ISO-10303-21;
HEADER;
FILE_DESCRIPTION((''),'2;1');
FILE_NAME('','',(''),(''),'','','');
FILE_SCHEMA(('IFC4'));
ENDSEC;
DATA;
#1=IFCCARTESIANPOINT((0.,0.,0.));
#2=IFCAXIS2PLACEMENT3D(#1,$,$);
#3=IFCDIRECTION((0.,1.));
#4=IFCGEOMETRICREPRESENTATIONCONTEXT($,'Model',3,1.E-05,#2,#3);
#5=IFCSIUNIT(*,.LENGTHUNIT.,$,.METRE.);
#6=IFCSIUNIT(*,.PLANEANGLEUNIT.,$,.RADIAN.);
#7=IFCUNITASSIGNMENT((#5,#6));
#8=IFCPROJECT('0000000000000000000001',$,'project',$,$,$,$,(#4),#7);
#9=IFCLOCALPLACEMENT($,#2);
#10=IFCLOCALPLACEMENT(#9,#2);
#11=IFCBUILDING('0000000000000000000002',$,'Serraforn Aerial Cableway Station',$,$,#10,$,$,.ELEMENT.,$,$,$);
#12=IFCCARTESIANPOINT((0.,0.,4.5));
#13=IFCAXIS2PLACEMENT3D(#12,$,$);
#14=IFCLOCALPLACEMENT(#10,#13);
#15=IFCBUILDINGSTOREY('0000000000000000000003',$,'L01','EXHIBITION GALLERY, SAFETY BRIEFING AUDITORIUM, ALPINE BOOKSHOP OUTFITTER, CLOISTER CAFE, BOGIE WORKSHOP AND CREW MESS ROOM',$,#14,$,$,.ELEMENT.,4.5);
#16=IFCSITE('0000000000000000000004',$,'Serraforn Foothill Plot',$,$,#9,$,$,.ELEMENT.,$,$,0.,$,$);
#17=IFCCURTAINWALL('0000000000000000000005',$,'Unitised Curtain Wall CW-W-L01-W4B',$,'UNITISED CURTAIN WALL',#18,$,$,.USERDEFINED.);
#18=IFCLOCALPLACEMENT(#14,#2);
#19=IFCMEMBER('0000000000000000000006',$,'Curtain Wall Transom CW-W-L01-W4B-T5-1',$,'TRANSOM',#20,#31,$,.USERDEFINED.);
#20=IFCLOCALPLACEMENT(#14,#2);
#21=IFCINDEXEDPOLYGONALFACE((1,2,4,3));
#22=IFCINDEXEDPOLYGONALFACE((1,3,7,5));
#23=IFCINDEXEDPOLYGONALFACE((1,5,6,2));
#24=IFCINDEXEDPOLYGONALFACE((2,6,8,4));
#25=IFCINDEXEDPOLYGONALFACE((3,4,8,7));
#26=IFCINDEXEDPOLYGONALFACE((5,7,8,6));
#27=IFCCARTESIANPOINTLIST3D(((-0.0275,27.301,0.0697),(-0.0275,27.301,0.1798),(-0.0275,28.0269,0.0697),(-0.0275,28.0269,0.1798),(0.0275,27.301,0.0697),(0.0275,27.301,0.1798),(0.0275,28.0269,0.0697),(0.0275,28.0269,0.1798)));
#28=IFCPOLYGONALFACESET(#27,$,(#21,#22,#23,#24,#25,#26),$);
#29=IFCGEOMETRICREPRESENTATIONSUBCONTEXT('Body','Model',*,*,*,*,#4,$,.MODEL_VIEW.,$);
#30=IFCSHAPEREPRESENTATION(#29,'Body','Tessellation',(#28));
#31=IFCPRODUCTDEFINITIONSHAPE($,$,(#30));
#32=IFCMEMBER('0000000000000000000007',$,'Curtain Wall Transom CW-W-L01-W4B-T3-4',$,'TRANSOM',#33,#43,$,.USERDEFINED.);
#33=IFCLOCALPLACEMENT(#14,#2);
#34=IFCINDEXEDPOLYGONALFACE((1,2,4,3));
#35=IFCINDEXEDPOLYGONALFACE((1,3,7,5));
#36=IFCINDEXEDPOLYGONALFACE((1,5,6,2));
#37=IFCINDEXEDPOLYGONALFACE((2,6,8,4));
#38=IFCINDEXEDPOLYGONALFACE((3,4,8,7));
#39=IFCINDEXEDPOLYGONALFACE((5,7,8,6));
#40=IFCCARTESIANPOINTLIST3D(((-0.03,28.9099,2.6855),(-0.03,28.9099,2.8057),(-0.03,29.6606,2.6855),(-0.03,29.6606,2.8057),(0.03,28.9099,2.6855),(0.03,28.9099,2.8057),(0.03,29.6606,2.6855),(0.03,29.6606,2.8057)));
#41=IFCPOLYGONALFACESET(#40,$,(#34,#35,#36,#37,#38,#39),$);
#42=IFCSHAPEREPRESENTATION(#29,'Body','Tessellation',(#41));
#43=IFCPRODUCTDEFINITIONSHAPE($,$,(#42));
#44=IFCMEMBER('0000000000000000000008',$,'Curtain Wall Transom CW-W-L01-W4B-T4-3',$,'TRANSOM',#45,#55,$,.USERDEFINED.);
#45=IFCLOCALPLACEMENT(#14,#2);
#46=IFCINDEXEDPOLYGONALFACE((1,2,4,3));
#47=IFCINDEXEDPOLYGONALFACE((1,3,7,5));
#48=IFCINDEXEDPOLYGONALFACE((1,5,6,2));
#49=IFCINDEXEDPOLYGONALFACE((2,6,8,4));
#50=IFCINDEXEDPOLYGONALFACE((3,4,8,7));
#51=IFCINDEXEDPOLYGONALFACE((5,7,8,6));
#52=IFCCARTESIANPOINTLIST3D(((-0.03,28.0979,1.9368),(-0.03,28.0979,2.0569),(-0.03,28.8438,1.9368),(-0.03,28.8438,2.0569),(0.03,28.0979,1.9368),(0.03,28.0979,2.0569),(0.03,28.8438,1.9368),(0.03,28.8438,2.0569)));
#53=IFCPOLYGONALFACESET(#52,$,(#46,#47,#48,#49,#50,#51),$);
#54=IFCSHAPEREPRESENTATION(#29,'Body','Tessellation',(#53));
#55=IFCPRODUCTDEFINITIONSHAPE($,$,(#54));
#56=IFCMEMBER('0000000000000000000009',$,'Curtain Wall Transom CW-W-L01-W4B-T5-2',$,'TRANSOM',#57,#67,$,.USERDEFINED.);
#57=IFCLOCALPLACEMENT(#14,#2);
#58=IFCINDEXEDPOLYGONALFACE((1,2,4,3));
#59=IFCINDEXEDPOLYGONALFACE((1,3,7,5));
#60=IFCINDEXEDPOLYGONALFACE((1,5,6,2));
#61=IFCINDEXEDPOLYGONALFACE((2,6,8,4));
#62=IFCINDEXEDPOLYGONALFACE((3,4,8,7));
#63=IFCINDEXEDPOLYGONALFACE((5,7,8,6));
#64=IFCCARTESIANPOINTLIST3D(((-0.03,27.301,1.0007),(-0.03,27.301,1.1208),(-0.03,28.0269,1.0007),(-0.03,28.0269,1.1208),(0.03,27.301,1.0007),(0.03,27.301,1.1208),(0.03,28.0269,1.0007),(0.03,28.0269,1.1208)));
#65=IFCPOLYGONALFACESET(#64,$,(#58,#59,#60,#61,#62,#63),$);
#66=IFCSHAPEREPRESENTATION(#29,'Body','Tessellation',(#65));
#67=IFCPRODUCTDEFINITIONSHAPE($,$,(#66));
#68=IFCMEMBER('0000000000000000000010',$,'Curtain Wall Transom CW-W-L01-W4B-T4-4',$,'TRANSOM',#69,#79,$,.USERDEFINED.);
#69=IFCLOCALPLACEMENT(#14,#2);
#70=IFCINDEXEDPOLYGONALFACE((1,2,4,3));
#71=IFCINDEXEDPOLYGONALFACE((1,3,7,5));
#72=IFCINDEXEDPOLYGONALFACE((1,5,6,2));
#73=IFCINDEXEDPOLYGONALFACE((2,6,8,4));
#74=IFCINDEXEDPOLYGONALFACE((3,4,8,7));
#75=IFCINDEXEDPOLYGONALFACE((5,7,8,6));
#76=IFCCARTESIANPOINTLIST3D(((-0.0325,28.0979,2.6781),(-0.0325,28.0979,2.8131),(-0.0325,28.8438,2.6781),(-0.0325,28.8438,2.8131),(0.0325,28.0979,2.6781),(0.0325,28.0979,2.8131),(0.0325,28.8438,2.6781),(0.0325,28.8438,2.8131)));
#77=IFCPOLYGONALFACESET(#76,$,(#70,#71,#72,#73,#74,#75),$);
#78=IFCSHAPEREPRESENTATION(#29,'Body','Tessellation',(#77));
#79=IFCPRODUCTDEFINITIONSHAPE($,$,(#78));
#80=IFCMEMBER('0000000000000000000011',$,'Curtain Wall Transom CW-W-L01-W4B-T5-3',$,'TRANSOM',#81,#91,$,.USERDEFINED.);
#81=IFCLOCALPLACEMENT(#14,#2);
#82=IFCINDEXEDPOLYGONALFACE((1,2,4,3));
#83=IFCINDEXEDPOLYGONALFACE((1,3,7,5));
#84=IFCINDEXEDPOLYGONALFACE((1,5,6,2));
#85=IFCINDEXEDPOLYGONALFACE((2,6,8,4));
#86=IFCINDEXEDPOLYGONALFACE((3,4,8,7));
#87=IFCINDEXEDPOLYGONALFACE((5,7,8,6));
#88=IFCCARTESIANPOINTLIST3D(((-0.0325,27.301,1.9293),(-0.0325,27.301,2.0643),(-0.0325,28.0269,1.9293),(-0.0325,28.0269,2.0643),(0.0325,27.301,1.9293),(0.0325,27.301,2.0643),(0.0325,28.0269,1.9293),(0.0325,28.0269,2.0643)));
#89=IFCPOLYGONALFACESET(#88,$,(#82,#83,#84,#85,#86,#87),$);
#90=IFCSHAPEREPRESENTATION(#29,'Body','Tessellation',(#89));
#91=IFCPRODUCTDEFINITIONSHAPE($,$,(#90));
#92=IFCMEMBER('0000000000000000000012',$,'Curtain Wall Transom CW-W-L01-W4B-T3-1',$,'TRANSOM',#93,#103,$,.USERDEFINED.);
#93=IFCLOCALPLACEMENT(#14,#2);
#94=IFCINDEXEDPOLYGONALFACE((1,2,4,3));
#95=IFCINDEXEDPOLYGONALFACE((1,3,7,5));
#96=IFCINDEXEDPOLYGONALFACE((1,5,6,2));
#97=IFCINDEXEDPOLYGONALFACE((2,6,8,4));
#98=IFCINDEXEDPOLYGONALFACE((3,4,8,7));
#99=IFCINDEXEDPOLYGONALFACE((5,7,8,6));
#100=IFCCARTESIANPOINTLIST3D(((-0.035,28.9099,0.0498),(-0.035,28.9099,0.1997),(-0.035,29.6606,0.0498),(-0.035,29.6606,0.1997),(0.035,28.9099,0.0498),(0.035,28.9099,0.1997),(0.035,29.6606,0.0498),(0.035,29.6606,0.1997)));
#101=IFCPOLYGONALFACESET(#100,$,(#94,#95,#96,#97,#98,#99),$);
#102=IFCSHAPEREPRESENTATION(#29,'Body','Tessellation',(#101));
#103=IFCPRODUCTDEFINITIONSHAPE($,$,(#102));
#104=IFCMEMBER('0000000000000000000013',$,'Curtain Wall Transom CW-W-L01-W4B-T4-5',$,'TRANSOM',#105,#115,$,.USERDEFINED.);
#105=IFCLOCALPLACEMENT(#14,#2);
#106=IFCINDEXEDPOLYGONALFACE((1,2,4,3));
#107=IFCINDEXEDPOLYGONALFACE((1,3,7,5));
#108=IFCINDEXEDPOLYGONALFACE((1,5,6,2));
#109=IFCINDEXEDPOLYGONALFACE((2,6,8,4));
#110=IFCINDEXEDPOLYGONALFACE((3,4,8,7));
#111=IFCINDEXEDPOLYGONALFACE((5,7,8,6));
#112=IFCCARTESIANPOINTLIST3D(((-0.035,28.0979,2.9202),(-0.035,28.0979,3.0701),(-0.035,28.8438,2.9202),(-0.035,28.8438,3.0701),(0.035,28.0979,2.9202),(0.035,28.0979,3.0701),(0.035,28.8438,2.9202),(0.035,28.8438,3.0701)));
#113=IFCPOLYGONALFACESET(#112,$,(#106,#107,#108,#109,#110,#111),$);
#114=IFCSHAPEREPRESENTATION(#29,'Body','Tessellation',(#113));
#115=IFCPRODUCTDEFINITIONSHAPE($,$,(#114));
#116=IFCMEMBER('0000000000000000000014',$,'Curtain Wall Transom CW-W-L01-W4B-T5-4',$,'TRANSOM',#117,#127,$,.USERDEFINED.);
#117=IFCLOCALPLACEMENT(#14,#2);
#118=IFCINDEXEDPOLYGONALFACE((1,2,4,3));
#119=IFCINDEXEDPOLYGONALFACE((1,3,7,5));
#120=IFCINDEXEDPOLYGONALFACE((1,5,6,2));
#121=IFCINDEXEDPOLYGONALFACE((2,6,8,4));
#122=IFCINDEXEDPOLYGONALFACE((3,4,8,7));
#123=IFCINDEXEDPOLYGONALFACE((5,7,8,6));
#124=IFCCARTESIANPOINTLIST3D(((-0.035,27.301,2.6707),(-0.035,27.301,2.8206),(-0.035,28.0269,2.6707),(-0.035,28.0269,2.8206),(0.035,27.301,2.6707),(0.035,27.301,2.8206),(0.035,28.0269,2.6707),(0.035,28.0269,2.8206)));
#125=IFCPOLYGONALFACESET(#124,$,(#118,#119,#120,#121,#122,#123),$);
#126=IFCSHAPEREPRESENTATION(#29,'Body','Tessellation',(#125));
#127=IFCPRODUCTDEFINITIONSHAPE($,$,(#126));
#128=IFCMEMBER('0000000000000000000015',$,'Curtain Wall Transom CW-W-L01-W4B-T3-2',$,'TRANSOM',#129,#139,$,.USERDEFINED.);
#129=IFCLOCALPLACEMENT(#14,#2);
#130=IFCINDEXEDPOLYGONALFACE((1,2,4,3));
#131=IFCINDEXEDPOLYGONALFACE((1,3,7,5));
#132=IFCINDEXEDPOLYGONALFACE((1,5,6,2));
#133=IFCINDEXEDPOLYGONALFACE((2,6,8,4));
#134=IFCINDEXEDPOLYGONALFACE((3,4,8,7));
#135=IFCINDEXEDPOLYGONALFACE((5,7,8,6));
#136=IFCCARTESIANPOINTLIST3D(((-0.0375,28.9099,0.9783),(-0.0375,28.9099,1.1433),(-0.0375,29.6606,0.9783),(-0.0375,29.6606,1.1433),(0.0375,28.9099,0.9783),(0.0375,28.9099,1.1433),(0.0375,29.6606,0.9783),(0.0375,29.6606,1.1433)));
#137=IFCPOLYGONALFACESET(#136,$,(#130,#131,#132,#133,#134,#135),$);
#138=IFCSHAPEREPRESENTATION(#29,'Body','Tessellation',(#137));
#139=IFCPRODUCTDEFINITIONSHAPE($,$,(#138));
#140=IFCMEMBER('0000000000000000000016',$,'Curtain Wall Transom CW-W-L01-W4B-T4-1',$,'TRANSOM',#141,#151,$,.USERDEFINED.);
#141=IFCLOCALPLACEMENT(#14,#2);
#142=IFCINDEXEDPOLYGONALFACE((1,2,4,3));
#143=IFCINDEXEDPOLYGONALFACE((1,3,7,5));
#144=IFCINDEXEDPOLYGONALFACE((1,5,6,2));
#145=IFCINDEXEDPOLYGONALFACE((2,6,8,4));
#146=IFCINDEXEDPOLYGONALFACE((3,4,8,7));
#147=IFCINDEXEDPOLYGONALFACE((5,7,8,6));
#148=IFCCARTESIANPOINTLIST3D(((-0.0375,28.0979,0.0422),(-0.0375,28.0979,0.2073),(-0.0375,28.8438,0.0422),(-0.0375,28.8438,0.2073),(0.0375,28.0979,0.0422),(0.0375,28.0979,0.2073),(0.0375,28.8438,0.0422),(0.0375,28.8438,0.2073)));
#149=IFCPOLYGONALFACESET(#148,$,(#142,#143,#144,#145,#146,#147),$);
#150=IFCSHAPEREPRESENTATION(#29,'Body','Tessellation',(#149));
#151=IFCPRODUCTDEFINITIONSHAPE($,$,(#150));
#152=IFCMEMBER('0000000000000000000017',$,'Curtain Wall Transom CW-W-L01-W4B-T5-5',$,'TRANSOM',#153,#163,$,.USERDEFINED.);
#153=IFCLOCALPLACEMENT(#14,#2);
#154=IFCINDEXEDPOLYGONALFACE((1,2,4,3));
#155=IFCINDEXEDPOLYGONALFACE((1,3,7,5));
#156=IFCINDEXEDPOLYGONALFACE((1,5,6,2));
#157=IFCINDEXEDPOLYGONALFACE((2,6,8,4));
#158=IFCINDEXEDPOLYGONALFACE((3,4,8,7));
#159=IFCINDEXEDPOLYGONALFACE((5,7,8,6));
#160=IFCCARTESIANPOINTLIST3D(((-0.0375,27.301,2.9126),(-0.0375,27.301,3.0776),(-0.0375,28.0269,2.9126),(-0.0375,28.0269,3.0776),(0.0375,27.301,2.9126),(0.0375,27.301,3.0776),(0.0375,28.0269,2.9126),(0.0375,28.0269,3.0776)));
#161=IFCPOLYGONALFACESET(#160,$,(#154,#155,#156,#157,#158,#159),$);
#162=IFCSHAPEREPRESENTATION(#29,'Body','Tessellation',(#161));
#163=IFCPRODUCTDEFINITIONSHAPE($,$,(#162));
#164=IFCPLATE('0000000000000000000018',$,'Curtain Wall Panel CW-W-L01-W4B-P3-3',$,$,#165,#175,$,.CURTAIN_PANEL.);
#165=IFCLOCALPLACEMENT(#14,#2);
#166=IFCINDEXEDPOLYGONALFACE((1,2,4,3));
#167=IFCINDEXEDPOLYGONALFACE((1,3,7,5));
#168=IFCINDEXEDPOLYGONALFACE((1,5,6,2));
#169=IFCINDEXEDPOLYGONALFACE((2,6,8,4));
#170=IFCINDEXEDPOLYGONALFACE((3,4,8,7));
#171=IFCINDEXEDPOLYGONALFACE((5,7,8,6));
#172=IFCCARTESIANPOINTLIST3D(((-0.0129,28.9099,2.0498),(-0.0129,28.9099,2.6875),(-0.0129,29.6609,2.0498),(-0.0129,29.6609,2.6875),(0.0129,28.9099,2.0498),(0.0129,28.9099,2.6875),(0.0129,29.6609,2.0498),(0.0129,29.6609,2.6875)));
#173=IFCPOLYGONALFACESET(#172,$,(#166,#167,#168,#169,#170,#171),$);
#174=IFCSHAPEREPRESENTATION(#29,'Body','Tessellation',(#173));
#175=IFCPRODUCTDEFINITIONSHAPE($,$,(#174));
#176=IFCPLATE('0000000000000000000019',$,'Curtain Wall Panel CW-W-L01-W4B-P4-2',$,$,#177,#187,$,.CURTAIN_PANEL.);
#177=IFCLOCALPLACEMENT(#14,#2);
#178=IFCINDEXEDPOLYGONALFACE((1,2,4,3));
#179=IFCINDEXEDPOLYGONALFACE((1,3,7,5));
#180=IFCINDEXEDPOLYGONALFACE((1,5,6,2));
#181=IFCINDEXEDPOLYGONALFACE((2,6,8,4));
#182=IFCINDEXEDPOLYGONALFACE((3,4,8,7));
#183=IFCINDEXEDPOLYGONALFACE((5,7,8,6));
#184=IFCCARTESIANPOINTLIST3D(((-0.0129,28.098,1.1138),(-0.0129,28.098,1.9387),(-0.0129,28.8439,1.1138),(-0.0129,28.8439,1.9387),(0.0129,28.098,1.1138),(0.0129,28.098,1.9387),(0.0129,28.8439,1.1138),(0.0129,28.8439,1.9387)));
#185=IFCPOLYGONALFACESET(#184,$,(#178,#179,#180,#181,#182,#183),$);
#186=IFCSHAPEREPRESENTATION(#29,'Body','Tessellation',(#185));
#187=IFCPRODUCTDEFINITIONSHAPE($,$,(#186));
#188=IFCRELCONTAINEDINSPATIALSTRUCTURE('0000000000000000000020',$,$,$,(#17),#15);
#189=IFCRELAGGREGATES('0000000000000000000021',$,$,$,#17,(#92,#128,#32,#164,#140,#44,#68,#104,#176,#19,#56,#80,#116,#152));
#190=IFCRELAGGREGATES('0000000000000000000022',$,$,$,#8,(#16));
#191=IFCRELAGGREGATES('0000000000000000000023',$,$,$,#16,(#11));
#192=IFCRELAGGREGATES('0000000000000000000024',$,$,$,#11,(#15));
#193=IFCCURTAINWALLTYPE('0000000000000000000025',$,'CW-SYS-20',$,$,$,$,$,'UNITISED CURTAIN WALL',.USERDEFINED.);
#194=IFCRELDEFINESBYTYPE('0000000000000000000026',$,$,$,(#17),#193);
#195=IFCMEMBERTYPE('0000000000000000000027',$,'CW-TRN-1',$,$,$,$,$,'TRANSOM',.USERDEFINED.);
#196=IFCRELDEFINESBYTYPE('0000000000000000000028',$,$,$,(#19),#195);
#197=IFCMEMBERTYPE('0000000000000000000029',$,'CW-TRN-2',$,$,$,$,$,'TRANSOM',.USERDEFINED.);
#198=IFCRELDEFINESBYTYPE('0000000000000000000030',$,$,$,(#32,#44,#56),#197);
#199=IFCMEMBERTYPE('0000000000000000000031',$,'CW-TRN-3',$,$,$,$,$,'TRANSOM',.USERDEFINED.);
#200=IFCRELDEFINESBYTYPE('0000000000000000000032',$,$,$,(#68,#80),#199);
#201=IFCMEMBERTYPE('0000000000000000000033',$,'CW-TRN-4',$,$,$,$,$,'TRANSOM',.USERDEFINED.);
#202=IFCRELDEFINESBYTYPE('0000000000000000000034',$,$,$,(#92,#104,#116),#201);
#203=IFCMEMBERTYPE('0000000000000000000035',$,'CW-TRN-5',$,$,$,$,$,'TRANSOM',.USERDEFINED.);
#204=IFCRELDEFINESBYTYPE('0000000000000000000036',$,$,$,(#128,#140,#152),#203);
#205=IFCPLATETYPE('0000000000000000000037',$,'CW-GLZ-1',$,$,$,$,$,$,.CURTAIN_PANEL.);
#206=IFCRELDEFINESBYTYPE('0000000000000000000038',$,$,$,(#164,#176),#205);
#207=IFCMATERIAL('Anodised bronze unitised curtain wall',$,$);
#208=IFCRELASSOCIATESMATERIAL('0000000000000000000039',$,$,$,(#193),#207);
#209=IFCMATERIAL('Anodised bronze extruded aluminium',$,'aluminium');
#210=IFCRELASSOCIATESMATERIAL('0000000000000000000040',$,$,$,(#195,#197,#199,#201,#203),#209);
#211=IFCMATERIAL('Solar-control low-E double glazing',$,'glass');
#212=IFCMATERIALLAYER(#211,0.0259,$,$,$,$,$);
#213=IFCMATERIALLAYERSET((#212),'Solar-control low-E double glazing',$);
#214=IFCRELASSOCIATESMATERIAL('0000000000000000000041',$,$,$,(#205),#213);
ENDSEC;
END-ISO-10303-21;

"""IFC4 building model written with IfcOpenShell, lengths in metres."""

from ifc_helpers import new_model, si_unit, direction, frame, origin, origin_2d, place, context, subcontext, project, spatial, rectangle, extrude, material, layer, layer_set, material_profile, profile_set, type_object, element, aggregate, save


model = new_model("IFC4")

# Units and contexts
model_context = context("Model", 3, precision=1e-05, world=origin(), true_north=direction((0.0, 1.0)))
body_context = subcontext(model_context, "Body", "Model", "MODEL_VIEW")
ifc_project = project(units=[si_unit("LENGTHUNIT", "METRE"), si_unit("PLANEANGLEUNIT", "RADIAN")], contexts=[model_context])

# Site, building, storey
site_placement = place(None, origin())
site = spatial("IfcSite", under=ifc_project, at=site_placement, Name="Serraforn Foothill Plot", CompositionType="ELEMENT", RefElevation=0.0)
building_placement = place(site_placement, origin())
building = spatial("IfcBuilding", under=site, at=building_placement, Name="Serraforn Aerial Cableway Station", CompositionType="ELEMENT")
storey_placement = place(building_placement, frame((0.0, 0.0, 4.5)))
storey = spatial("IfcBuildingStorey", under=building, at=storey_placement, Name="L01", Description="EXHIBITION GALLERY, SAFETY BRIEFING AUDITORIUM, ALPINE BOOKSHOP OUTFITTER, CLOISTER CAFE, BOGIE WORKSHOP AND CREW MESS ROOM", CompositionType="ELEMENT", Elevation=4.5)

# Curtain wall, members, plates
ifc_material_1 = material(Name="Anodised bronze unitised curtain wall")
curtain_wall_type = type_object("IfcCurtainWallType", Name="CW-SYS-20", ElementType="UNITISED CURTAIN WALL", PredefinedType="USERDEFINED", material=ifc_material_1)
curtain_wall_placement = place(storey_placement, origin())
curtain_wall = element("IfcCurtainWall", 1, at=curtain_wall_placement, inside=storey, type_object=curtain_wall_type, Name="Unitised Curtain Wall CW-W-L01-W4B", ObjectType="UNITISED CURTAIN WALL", PredefinedType="USERDEFINED")
ifc_material_2 = material(Name="Anodised bronze extruded aluminium", Category="aluminium")
ifc_material_profile_1 = material_profile(ifc_material_2, rectangle(XDim=0.0549, YDim=0.1101, at=origin_2d()), Name="CW TRANSOM 55x110")
ifc_profile_set_1 = profile_set([ifc_material_profile_1], Name="Anodised bronze extruded aluminium")
member_type_1 = type_object("IfcMemberType", Name="CW-TRN-1", ElementType="TRANSOM", PredefinedType="USERDEFINED", material=ifc_profile_set_1)
member_1_placement = place(storey_placement, frame((0.0, 28.0269, 0.1248), z_axis=(0.0, -1.0, 0.0), x_axis=(1.0, 0.0, 0.0)))
member_1 = element("IfcMember", 2, at=member_1_placement, type_object=member_type_1, Name="Curtain Wall Transom CW-W-L01-W4B-T5-1", ObjectType="TRANSOM", PredefinedType="USERDEFINED", context=body_context, shape_type="SweptSolid", body=[
    extrude(rectangle(XDim=0.0549, YDim=0.1101, at=origin_2d()), origin(), (0.0, 0.0, 1.0), 0.7258),
])
ifc_material_profile_2 = material_profile(ifc_material_2, rectangle(XDim=0.0601, YDim=0.1201, at=origin_2d()), Name="CW TRANSOM 60x120")
ifc_profile_set_2 = profile_set([ifc_material_profile_2], Name="Anodised bronze extruded aluminium")
member_type_2 = type_object("IfcMemberType", Name="CW-TRN-2", ElementType="TRANSOM", PredefinedType="USERDEFINED", material=ifc_profile_set_2)
member_2_placement = place(storey_placement, frame((0.0, 29.6606, 2.7456), z_axis=(0.0, -1.0, 0.0), x_axis=(1.0, 0.0, 0.0)))
member_2 = element("IfcMember", 3, at=member_2_placement, type_object=member_type_2, Name="Curtain Wall Transom CW-W-L01-W4B-T3-4", ObjectType="TRANSOM", PredefinedType="USERDEFINED", context=body_context, shape_type="SweptSolid", body=[
    extrude(rectangle(XDim=0.0601, YDim=0.1201, at=origin_2d()), origin(), (0.0, 0.0, 1.0), 0.7507),
])
member_3_placement = place(storey_placement, frame((0.0, 28.8438, 1.9968), z_axis=(0.0, -1.0, 0.0), x_axis=(1.0, 0.0, 0.0)))
member_3 = element("IfcMember", 4, at=member_3_placement, type_object=member_type_2, Name="Curtain Wall Transom CW-W-L01-W4B-T4-3", ObjectType="TRANSOM", PredefinedType="USERDEFINED", context=body_context, shape_type="SweptSolid", body=[
    extrude(rectangle(XDim=0.0601, YDim=0.1201, at=origin_2d()), origin(), (0.0, 0.0, 1.0), 0.7458),
])
member_4_placement = place(storey_placement, frame((0.0, 28.0269, 1.0608), z_axis=(0.0, -1.0, 0.0), x_axis=(1.0, 0.0, 0.0)))
member_4 = element("IfcMember", 5, at=member_4_placement, type_object=member_type_2, Name="Curtain Wall Transom CW-W-L01-W4B-T5-2", ObjectType="TRANSOM", PredefinedType="USERDEFINED", context=body_context, shape_type="SweptSolid", body=[
    extrude(rectangle(XDim=0.0601, YDim=0.1201, at=origin_2d()), origin(), (0.0, 0.0, 1.0), 0.7258),
])
ifc_material_profile_3 = material_profile(ifc_material_2, rectangle(XDim=0.0649, YDim=0.135, at=origin_2d()), Name="CW TRANSOM 65x135")
ifc_profile_set_3 = profile_set([ifc_material_profile_3], Name="Anodised bronze extruded aluminium")
member_type_3 = type_object("IfcMemberType", Name="CW-TRN-3", ElementType="TRANSOM", PredefinedType="USERDEFINED", material=ifc_profile_set_3)
member_5_placement = place(storey_placement, frame((0.0, 28.8438, 2.7456), z_axis=(0.0, -1.0, 0.0), x_axis=(1.0, 0.0, 0.0)))
member_5 = element("IfcMember", 6, at=member_5_placement, type_object=member_type_3, Name="Curtain Wall Transom CW-W-L01-W4B-T4-4", ObjectType="TRANSOM", PredefinedType="USERDEFINED", context=body_context, shape_type="SweptSolid", body=[
    extrude(rectangle(XDim=0.0649, YDim=0.135, at=origin_2d()), origin(), (0.0, 0.0, 1.0), 0.7458),
])
member_6_placement = place(storey_placement, frame((0.0, 28.0269, 1.9968), z_axis=(0.0, -1.0, 0.0), x_axis=(1.0, 0.0, 0.0)))
member_6 = element("IfcMember", 7, at=member_6_placement, type_object=member_type_3, Name="Curtain Wall Transom CW-W-L01-W4B-T5-3", ObjectType="TRANSOM", PredefinedType="USERDEFINED", context=body_context, shape_type="SweptSolid", body=[
    extrude(rectangle(XDim=0.0649, YDim=0.135, at=origin_2d()), origin(), (0.0, 0.0, 1.0), 0.7258),
])
ifc_material_profile_4 = material_profile(ifc_material_2, rectangle(XDim=0.0701, YDim=0.1499, at=origin_2d()), Name="CW TRANSOM 70x150")
ifc_profile_set_4 = profile_set([ifc_material_profile_4], Name="Anodised bronze extruded aluminium")
member_type_4 = type_object("IfcMemberType", Name="CW-TRN-4", ElementType="TRANSOM", PredefinedType="USERDEFINED", material=ifc_profile_set_4)
member_7_placement = place(storey_placement, frame((0.0, 29.6606, 0.1248), z_axis=(0.0, -1.0, 0.0), x_axis=(1.0, 0.0, 0.0)))
member_7 = element("IfcMember", 8, at=member_7_placement, type_object=member_type_4, Name="Curtain Wall Transom CW-W-L01-W4B-T3-1", ObjectType="TRANSOM", PredefinedType="USERDEFINED", context=body_context, shape_type="SweptSolid", body=[
    extrude(rectangle(XDim=0.0701, YDim=0.1499, at=origin_2d()), origin(), (0.0, 0.0, 1.0), 0.7507),
])
member_8_placement = place(storey_placement, frame((0.0, 28.8438, 2.9951), z_axis=(0.0, -1.0, 0.0), x_axis=(1.0, 0.0, 0.0)))
member_8 = element("IfcMember", 9, at=member_8_placement, type_object=member_type_4, Name="Curtain Wall Transom CW-W-L01-W4B-T4-5", ObjectType="TRANSOM", PredefinedType="USERDEFINED", context=body_context, shape_type="SweptSolid", body=[
    extrude(rectangle(XDim=0.0701, YDim=0.1499, at=origin_2d()), origin(), (0.0, 0.0, 1.0), 0.7458),
])
member_9_placement = place(storey_placement, frame((0.0, 28.0269, 2.7456), z_axis=(0.0, -1.0, 0.0), x_axis=(1.0, 0.0, 0.0)))
member_9 = element("IfcMember", 10, at=member_9_placement, type_object=member_type_4, Name="Curtain Wall Transom CW-W-L01-W4B-T5-4", ObjectType="TRANSOM", PredefinedType="USERDEFINED", context=body_context, shape_type="SweptSolid", body=[
    extrude(rectangle(XDim=0.0701, YDim=0.1499, at=origin_2d()), origin(), (0.0, 0.0, 1.0), 0.7258),
])
ifc_material_profile_5 = material_profile(ifc_material_2, rectangle(XDim=0.075, YDim=0.165, at=origin_2d()), Name="CW TRANSOM 75x165")
ifc_profile_set_5 = profile_set([ifc_material_profile_5], Name="Anodised bronze extruded aluminium")
member_type_5 = type_object("IfcMemberType", Name="CW-TRN-5", ElementType="TRANSOM", PredefinedType="USERDEFINED", material=ifc_profile_set_5)
member_10_placement = place(storey_placement, frame((0.0, 29.6606, 1.0608), z_axis=(0.0, -1.0, 0.0), x_axis=(1.0, 0.0, 0.0)))
member_10 = element("IfcMember", 11, at=member_10_placement, type_object=member_type_5, Name="Curtain Wall Transom CW-W-L01-W4B-T3-2", ObjectType="TRANSOM", PredefinedType="USERDEFINED", context=body_context, shape_type="SweptSolid", body=[
    extrude(rectangle(XDim=0.075, YDim=0.165, at=origin_2d()), origin(), (0.0, 0.0, 1.0), 0.7507),
])
member_11_placement = place(storey_placement, frame((0.0, 28.8438, 0.1248), z_axis=(0.0, -1.0, 0.0), x_axis=(1.0, 0.0, 0.0)))
member_11 = element("IfcMember", 12, at=member_11_placement, type_object=member_type_5, Name="Curtain Wall Transom CW-W-L01-W4B-T4-1", ObjectType="TRANSOM", PredefinedType="USERDEFINED", context=body_context, shape_type="SweptSolid", body=[
    extrude(rectangle(XDim=0.075, YDim=0.165, at=origin_2d()), origin(), (0.0, 0.0, 1.0), 0.7458),
])
member_12_placement = place(storey_placement, frame((0.0, 28.0269, 2.9951), z_axis=(0.0, -1.0, 0.0), x_axis=(1.0, 0.0, 0.0)))
member_12 = element("IfcMember", 13, at=member_12_placement, type_object=member_type_5, Name="Curtain Wall Transom CW-W-L01-W4B-T5-5", ObjectType="TRANSOM", PredefinedType="USERDEFINED", context=body_context, shape_type="SweptSolid", body=[
    extrude(rectangle(XDim=0.075, YDim=0.165, at=origin_2d()), origin(), (0.0, 0.0, 1.0), 0.7258),
])
ifc_material_3 = material(Name="Solar-control low-E double glazing", Category="glass")
ifc_layer_1 = layer(ifc_material_3, 0.0259)
ifc_layer_set_1 = layer_set([ifc_layer_1], Name="Solar-control low-E double glazing")
plate_type_1 = type_object("IfcPlateType", Name="CW-GLZ-1", PredefinedType="CURTAIN_PANEL", material=ifc_layer_set_1)
plate_1_placement = place(storey_placement, frame((0.0, 29.2854, 2.0498), z_axis=(0.0, 0.0, 1.0), x_axis=(1.0, 0.0, 0.0)))
plate_1 = element("IfcPlate", 14, at=plate_1_placement, type_object=plate_type_1, Name="Curtain Wall Panel CW-W-L01-W4B-P3-3", PredefinedType="CURTAIN_PANEL", context=body_context, shape_type="SweptSolid", body=[
    extrude(rectangle(XDim=0.0259, YDim=0.751, at=origin_2d()), origin(), (0.0, 0.0, 1.0), 0.6377),
])
plate_2_placement = place(storey_placement, frame((0.0, 28.4709, 1.1138), z_axis=(0.0, 0.0, 1.0), x_axis=(1.0, 0.0, 0.0)))
plate_2 = element("IfcPlate", 15, at=plate_2_placement, type_object=plate_type_1, Name="Curtain Wall Panel CW-W-L01-W4B-P4-2", PredefinedType="CURTAIN_PANEL", context=body_context, shape_type="SweptSolid", body=[
    extrude(rectangle(XDim=0.0259, YDim=0.7458, at=origin_2d()), origin(), (0.0, 0.0, 1.0), 0.825),
])
aggregate(curtain_wall, [member_7, member_10, member_2, plate_1, member_11, member_3, member_5, member_8, plate_2, member_1, member_4, member_6, member_9, member_12])

save(model, "model.ifc")
